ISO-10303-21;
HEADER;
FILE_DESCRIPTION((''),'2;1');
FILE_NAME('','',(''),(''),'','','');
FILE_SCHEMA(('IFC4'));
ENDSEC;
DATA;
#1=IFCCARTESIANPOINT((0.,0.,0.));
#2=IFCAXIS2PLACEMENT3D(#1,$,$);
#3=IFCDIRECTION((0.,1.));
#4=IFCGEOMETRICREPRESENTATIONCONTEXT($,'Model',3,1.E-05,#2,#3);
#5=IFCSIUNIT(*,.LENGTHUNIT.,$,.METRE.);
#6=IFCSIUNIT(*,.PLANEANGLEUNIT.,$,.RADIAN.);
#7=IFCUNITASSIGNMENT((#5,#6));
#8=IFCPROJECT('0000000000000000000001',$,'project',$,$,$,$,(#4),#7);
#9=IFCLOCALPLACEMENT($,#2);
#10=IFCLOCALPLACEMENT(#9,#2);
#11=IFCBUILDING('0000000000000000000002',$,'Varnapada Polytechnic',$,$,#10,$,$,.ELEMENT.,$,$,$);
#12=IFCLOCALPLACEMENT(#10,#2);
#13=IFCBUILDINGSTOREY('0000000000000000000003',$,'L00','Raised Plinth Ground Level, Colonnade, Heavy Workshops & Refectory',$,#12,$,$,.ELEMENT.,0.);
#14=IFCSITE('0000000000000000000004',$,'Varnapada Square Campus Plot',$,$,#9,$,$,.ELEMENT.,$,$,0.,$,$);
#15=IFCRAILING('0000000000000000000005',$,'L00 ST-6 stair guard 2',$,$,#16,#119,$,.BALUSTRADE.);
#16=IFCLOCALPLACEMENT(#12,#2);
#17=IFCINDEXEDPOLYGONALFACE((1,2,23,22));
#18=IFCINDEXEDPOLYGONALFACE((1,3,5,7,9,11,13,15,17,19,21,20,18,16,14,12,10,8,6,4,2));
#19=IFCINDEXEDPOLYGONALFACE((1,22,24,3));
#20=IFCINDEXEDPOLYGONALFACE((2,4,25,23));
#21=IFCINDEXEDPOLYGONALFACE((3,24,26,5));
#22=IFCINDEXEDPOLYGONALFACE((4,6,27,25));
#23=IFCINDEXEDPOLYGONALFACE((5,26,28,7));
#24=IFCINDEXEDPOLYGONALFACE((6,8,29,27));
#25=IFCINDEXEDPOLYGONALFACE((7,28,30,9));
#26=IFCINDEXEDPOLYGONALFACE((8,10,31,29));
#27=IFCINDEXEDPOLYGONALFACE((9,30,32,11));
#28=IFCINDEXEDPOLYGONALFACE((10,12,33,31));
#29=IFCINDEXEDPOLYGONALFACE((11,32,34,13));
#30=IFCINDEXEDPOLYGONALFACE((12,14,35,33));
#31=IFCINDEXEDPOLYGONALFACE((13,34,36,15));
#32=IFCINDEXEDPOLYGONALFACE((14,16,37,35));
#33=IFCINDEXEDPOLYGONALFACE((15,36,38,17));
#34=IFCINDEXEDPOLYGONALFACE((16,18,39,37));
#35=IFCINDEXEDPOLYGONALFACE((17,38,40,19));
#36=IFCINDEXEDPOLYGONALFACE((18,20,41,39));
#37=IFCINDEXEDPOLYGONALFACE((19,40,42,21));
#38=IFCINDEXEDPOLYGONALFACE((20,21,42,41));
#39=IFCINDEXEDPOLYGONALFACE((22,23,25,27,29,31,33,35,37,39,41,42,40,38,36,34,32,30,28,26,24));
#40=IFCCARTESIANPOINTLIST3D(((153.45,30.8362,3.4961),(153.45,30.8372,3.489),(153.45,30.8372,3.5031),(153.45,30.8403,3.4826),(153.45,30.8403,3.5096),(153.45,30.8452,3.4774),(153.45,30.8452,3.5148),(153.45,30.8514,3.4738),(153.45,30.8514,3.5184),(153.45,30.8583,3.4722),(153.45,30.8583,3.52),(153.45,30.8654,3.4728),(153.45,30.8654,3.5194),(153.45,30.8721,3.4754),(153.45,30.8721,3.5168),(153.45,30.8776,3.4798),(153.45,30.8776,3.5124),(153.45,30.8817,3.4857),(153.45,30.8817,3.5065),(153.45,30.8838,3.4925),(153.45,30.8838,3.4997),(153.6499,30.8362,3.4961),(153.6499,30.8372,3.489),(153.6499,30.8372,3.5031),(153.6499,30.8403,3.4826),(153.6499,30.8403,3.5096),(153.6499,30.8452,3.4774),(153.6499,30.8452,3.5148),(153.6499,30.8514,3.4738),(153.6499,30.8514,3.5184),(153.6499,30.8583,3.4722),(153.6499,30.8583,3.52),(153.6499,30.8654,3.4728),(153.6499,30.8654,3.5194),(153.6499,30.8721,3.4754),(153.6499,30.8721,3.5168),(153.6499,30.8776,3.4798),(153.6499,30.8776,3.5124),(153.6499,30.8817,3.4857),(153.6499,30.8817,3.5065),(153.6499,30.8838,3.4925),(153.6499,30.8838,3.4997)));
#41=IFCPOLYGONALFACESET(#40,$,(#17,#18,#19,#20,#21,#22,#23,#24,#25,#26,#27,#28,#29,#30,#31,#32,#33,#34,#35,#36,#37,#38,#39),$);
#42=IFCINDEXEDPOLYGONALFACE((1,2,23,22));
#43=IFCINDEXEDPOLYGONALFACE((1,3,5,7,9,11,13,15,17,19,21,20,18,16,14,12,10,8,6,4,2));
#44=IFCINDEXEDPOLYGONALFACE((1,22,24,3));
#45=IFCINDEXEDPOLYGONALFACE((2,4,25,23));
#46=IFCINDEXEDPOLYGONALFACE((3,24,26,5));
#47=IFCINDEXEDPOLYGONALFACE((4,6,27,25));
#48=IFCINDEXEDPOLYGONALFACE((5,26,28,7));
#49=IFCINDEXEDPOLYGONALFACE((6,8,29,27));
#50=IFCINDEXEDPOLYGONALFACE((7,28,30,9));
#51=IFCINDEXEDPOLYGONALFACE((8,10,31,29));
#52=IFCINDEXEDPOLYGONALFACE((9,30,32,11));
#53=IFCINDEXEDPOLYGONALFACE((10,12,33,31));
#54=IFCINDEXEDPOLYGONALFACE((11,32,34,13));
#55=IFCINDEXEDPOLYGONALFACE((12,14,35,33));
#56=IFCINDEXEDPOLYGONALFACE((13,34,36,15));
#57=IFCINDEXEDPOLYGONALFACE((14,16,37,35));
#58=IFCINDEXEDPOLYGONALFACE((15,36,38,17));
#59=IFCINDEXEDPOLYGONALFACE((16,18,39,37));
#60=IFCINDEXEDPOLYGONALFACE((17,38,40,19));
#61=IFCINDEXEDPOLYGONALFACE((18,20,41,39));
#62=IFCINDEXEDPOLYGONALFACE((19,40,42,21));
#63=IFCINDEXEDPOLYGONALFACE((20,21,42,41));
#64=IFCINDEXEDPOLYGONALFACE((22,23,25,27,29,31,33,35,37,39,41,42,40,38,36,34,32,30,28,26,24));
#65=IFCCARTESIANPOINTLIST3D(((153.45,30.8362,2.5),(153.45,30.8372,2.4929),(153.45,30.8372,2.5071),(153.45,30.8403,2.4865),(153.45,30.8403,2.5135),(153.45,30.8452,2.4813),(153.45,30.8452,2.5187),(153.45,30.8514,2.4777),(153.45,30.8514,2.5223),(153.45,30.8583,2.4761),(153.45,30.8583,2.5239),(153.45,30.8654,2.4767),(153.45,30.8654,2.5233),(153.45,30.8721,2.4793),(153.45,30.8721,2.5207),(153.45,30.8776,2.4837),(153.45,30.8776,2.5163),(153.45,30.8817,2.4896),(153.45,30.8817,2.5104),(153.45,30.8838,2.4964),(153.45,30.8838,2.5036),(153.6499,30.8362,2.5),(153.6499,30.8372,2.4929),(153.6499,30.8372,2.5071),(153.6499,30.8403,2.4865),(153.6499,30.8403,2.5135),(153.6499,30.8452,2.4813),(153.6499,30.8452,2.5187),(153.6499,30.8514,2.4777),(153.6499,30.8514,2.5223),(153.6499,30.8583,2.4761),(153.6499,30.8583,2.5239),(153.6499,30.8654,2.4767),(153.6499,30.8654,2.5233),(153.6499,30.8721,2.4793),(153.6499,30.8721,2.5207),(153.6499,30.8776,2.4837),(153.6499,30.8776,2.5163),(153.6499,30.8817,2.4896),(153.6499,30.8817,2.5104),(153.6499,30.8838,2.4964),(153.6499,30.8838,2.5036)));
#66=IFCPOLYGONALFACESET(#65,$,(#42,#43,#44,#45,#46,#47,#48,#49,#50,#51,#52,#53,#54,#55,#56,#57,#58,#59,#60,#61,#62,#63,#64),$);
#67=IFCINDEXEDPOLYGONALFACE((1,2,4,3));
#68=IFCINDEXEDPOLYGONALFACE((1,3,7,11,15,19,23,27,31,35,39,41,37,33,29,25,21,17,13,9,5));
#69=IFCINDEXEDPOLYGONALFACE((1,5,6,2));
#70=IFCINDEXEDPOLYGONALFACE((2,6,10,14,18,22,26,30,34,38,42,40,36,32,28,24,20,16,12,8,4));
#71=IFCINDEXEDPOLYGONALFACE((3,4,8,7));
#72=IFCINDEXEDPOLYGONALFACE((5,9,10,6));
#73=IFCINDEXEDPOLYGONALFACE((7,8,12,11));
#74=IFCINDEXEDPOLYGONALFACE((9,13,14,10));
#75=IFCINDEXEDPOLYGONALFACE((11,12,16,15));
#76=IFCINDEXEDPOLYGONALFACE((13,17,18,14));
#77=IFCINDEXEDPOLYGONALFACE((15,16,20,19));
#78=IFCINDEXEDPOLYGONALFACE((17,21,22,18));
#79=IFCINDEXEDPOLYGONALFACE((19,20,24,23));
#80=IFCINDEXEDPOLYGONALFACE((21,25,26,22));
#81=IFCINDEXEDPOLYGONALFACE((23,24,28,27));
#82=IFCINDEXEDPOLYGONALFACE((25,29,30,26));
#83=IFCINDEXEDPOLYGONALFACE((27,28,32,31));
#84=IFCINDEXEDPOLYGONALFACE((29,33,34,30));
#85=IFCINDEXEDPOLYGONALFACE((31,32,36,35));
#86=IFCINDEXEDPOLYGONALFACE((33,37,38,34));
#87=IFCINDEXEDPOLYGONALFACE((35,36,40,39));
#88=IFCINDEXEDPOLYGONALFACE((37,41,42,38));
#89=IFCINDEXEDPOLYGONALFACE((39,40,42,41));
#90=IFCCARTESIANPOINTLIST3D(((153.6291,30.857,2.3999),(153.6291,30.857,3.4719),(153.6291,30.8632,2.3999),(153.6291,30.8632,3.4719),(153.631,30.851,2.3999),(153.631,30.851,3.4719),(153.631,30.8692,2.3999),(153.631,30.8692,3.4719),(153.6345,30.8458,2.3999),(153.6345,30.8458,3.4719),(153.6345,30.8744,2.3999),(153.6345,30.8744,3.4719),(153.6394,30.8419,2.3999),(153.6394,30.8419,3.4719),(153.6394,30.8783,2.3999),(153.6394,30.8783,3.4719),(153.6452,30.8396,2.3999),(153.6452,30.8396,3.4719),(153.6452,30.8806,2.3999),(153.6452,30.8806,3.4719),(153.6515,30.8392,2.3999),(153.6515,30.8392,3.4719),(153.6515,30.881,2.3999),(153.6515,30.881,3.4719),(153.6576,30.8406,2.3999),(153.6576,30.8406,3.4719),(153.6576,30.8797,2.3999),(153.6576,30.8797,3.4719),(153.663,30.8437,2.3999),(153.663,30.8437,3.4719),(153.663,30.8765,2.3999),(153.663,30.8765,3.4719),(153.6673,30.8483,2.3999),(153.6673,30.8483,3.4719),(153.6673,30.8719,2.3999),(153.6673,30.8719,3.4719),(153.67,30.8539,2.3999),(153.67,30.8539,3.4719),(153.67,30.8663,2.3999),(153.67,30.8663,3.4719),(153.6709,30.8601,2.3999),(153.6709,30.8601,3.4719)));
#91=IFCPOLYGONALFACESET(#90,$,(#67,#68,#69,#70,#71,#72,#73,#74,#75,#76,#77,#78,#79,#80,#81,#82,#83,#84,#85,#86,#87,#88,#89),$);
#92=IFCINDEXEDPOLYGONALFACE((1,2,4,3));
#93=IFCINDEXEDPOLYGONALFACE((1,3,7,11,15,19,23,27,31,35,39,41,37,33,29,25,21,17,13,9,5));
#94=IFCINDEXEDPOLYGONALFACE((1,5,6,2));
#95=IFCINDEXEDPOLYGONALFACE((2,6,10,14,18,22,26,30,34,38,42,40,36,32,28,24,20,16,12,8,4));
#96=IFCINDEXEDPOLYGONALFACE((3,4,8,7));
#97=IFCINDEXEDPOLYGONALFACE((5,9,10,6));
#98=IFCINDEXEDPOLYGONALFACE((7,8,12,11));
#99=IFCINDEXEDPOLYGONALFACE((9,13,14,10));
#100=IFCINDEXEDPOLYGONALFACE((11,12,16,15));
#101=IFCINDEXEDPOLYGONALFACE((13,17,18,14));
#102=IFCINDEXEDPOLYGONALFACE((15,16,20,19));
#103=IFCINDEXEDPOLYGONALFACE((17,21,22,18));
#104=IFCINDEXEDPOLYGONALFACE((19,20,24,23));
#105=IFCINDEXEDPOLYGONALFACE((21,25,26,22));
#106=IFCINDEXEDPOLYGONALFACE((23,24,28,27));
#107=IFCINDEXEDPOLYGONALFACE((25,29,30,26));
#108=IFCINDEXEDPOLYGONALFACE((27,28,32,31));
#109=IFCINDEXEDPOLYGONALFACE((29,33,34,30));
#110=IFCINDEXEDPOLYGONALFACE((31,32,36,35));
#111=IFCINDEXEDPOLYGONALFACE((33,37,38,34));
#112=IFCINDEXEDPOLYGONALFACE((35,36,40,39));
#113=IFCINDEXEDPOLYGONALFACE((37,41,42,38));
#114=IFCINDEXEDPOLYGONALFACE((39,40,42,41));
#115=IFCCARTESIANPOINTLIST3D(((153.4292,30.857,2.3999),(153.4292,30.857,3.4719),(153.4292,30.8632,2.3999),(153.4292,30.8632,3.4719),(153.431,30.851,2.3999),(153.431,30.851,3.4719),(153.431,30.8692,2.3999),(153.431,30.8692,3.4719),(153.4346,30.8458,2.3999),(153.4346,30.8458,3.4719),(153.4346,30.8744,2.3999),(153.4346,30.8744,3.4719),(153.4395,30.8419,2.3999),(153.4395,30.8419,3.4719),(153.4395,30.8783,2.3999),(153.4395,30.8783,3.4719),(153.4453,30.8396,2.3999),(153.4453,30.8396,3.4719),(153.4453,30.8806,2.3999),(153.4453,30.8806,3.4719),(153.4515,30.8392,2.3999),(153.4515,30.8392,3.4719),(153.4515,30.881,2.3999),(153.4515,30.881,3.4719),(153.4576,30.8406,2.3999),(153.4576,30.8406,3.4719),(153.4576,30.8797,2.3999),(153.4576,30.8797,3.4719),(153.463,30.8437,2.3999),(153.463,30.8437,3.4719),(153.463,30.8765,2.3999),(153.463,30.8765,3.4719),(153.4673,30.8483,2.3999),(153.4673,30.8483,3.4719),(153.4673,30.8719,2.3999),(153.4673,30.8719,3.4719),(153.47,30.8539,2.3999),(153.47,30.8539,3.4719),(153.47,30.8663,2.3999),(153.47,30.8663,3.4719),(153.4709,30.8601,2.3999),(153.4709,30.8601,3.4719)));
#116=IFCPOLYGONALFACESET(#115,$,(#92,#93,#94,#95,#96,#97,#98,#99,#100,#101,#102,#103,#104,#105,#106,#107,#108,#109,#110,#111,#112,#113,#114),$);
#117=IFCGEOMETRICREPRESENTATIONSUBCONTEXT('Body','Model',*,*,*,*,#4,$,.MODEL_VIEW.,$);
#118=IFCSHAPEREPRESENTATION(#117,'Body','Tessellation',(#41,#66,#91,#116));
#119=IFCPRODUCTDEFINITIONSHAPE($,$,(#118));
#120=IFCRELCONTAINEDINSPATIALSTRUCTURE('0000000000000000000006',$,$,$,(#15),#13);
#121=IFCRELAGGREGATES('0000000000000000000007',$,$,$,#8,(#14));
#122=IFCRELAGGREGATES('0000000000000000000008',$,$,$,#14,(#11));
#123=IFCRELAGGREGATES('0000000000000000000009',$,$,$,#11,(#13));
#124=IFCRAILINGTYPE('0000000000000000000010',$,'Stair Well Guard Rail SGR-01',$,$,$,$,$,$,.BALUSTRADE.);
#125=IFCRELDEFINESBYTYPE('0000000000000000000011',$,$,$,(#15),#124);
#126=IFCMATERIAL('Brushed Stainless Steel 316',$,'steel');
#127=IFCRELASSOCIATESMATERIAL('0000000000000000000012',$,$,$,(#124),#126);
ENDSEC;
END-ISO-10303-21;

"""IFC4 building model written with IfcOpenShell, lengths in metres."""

from ifc_helpers import new_model, si_unit, direction, frame, origin, origin_2d, place, context, subcontext, project, spatial, circle, extrude, material, type_object, element, save


model = new_model("IFC4")

# Units and contexts
model_context = context("Model", 3, precision=1e-05, world=origin(), true_north=direction((0.0, 1.0)))
body_context = subcontext(model_context, "Body", "Model", "MODEL_VIEW")
ifc_project = project(units=[si_unit("LENGTHUNIT", "METRE"), si_unit("PLANEANGLEUNIT", "RADIAN")], contexts=[model_context])

# Site, building, storey
site_placement = place(None, origin())
site = spatial("IfcSite", under=ifc_project, at=site_placement, Name="Varnapada Square Campus Plot", CompositionType="ELEMENT", RefElevation=0.0)
building_placement = place(site_placement, origin())
building = spatial("IfcBuilding", under=site, at=building_placement, Name="Varnapada Polytechnic", CompositionType="ELEMENT")
storey_placement = place(building_placement, origin())
storey = spatial("IfcBuildingStorey", under=building, at=storey_placement, Name="L00", Description="Raised Plinth Ground Level, Colonnade, Heavy Workshops & Refectory", CompositionType="ELEMENT", Elevation=0.0)

# Shared definitions
ifc_material_1 = material(Name="Brushed Stainless Steel 316", Category="steel")

# Railing
railing_type_1 = type_object("IfcRailingType", Name="Stair Well Guard Rail SGR-01", PredefinedType="BALUSTRADE", material=ifc_material_1)
railing_1_placement = place(storey_placement, frame((153.6499, 30.8601, 2.3999)))
element("IfcRailing", 1, at=railing_1_placement, inside=storey, type_object=railing_type_1, Name="L00 ST-6 stair guard 2", PredefinedType="BALUSTRADE", context=body_context, shape_type="SweptSolid", body=[
    extrude(circle(Radius=0.0239, at=origin_2d()), frame((0.0, 0.0, 1.0962), z_axis=(-1.0, 0.0, 0.0), x_axis=(0.0, -1.0, 0.0)), (0.0, 0.0, 1.0), 0.2),
    extrude(circle(Radius=0.0239, at=origin_2d()), frame((0.0, 0.0, 0.1001), z_axis=(-1.0, 0.0, 0.0), x_axis=(0.0, -1.0, 0.0)), (0.0, 0.0, 1.0), 0.2),
    extrude(circle(Radius=0.021, at=origin_2d()), origin(), (0.0, 0.0, 1.0), 1.072),
    extrude(circle(Radius=0.021, at=origin_2d()), frame((-0.2, 0.0, 0.0)), (0.0, 0.0, 1.0), 1.072),
])

save(model, "model.ifc")
